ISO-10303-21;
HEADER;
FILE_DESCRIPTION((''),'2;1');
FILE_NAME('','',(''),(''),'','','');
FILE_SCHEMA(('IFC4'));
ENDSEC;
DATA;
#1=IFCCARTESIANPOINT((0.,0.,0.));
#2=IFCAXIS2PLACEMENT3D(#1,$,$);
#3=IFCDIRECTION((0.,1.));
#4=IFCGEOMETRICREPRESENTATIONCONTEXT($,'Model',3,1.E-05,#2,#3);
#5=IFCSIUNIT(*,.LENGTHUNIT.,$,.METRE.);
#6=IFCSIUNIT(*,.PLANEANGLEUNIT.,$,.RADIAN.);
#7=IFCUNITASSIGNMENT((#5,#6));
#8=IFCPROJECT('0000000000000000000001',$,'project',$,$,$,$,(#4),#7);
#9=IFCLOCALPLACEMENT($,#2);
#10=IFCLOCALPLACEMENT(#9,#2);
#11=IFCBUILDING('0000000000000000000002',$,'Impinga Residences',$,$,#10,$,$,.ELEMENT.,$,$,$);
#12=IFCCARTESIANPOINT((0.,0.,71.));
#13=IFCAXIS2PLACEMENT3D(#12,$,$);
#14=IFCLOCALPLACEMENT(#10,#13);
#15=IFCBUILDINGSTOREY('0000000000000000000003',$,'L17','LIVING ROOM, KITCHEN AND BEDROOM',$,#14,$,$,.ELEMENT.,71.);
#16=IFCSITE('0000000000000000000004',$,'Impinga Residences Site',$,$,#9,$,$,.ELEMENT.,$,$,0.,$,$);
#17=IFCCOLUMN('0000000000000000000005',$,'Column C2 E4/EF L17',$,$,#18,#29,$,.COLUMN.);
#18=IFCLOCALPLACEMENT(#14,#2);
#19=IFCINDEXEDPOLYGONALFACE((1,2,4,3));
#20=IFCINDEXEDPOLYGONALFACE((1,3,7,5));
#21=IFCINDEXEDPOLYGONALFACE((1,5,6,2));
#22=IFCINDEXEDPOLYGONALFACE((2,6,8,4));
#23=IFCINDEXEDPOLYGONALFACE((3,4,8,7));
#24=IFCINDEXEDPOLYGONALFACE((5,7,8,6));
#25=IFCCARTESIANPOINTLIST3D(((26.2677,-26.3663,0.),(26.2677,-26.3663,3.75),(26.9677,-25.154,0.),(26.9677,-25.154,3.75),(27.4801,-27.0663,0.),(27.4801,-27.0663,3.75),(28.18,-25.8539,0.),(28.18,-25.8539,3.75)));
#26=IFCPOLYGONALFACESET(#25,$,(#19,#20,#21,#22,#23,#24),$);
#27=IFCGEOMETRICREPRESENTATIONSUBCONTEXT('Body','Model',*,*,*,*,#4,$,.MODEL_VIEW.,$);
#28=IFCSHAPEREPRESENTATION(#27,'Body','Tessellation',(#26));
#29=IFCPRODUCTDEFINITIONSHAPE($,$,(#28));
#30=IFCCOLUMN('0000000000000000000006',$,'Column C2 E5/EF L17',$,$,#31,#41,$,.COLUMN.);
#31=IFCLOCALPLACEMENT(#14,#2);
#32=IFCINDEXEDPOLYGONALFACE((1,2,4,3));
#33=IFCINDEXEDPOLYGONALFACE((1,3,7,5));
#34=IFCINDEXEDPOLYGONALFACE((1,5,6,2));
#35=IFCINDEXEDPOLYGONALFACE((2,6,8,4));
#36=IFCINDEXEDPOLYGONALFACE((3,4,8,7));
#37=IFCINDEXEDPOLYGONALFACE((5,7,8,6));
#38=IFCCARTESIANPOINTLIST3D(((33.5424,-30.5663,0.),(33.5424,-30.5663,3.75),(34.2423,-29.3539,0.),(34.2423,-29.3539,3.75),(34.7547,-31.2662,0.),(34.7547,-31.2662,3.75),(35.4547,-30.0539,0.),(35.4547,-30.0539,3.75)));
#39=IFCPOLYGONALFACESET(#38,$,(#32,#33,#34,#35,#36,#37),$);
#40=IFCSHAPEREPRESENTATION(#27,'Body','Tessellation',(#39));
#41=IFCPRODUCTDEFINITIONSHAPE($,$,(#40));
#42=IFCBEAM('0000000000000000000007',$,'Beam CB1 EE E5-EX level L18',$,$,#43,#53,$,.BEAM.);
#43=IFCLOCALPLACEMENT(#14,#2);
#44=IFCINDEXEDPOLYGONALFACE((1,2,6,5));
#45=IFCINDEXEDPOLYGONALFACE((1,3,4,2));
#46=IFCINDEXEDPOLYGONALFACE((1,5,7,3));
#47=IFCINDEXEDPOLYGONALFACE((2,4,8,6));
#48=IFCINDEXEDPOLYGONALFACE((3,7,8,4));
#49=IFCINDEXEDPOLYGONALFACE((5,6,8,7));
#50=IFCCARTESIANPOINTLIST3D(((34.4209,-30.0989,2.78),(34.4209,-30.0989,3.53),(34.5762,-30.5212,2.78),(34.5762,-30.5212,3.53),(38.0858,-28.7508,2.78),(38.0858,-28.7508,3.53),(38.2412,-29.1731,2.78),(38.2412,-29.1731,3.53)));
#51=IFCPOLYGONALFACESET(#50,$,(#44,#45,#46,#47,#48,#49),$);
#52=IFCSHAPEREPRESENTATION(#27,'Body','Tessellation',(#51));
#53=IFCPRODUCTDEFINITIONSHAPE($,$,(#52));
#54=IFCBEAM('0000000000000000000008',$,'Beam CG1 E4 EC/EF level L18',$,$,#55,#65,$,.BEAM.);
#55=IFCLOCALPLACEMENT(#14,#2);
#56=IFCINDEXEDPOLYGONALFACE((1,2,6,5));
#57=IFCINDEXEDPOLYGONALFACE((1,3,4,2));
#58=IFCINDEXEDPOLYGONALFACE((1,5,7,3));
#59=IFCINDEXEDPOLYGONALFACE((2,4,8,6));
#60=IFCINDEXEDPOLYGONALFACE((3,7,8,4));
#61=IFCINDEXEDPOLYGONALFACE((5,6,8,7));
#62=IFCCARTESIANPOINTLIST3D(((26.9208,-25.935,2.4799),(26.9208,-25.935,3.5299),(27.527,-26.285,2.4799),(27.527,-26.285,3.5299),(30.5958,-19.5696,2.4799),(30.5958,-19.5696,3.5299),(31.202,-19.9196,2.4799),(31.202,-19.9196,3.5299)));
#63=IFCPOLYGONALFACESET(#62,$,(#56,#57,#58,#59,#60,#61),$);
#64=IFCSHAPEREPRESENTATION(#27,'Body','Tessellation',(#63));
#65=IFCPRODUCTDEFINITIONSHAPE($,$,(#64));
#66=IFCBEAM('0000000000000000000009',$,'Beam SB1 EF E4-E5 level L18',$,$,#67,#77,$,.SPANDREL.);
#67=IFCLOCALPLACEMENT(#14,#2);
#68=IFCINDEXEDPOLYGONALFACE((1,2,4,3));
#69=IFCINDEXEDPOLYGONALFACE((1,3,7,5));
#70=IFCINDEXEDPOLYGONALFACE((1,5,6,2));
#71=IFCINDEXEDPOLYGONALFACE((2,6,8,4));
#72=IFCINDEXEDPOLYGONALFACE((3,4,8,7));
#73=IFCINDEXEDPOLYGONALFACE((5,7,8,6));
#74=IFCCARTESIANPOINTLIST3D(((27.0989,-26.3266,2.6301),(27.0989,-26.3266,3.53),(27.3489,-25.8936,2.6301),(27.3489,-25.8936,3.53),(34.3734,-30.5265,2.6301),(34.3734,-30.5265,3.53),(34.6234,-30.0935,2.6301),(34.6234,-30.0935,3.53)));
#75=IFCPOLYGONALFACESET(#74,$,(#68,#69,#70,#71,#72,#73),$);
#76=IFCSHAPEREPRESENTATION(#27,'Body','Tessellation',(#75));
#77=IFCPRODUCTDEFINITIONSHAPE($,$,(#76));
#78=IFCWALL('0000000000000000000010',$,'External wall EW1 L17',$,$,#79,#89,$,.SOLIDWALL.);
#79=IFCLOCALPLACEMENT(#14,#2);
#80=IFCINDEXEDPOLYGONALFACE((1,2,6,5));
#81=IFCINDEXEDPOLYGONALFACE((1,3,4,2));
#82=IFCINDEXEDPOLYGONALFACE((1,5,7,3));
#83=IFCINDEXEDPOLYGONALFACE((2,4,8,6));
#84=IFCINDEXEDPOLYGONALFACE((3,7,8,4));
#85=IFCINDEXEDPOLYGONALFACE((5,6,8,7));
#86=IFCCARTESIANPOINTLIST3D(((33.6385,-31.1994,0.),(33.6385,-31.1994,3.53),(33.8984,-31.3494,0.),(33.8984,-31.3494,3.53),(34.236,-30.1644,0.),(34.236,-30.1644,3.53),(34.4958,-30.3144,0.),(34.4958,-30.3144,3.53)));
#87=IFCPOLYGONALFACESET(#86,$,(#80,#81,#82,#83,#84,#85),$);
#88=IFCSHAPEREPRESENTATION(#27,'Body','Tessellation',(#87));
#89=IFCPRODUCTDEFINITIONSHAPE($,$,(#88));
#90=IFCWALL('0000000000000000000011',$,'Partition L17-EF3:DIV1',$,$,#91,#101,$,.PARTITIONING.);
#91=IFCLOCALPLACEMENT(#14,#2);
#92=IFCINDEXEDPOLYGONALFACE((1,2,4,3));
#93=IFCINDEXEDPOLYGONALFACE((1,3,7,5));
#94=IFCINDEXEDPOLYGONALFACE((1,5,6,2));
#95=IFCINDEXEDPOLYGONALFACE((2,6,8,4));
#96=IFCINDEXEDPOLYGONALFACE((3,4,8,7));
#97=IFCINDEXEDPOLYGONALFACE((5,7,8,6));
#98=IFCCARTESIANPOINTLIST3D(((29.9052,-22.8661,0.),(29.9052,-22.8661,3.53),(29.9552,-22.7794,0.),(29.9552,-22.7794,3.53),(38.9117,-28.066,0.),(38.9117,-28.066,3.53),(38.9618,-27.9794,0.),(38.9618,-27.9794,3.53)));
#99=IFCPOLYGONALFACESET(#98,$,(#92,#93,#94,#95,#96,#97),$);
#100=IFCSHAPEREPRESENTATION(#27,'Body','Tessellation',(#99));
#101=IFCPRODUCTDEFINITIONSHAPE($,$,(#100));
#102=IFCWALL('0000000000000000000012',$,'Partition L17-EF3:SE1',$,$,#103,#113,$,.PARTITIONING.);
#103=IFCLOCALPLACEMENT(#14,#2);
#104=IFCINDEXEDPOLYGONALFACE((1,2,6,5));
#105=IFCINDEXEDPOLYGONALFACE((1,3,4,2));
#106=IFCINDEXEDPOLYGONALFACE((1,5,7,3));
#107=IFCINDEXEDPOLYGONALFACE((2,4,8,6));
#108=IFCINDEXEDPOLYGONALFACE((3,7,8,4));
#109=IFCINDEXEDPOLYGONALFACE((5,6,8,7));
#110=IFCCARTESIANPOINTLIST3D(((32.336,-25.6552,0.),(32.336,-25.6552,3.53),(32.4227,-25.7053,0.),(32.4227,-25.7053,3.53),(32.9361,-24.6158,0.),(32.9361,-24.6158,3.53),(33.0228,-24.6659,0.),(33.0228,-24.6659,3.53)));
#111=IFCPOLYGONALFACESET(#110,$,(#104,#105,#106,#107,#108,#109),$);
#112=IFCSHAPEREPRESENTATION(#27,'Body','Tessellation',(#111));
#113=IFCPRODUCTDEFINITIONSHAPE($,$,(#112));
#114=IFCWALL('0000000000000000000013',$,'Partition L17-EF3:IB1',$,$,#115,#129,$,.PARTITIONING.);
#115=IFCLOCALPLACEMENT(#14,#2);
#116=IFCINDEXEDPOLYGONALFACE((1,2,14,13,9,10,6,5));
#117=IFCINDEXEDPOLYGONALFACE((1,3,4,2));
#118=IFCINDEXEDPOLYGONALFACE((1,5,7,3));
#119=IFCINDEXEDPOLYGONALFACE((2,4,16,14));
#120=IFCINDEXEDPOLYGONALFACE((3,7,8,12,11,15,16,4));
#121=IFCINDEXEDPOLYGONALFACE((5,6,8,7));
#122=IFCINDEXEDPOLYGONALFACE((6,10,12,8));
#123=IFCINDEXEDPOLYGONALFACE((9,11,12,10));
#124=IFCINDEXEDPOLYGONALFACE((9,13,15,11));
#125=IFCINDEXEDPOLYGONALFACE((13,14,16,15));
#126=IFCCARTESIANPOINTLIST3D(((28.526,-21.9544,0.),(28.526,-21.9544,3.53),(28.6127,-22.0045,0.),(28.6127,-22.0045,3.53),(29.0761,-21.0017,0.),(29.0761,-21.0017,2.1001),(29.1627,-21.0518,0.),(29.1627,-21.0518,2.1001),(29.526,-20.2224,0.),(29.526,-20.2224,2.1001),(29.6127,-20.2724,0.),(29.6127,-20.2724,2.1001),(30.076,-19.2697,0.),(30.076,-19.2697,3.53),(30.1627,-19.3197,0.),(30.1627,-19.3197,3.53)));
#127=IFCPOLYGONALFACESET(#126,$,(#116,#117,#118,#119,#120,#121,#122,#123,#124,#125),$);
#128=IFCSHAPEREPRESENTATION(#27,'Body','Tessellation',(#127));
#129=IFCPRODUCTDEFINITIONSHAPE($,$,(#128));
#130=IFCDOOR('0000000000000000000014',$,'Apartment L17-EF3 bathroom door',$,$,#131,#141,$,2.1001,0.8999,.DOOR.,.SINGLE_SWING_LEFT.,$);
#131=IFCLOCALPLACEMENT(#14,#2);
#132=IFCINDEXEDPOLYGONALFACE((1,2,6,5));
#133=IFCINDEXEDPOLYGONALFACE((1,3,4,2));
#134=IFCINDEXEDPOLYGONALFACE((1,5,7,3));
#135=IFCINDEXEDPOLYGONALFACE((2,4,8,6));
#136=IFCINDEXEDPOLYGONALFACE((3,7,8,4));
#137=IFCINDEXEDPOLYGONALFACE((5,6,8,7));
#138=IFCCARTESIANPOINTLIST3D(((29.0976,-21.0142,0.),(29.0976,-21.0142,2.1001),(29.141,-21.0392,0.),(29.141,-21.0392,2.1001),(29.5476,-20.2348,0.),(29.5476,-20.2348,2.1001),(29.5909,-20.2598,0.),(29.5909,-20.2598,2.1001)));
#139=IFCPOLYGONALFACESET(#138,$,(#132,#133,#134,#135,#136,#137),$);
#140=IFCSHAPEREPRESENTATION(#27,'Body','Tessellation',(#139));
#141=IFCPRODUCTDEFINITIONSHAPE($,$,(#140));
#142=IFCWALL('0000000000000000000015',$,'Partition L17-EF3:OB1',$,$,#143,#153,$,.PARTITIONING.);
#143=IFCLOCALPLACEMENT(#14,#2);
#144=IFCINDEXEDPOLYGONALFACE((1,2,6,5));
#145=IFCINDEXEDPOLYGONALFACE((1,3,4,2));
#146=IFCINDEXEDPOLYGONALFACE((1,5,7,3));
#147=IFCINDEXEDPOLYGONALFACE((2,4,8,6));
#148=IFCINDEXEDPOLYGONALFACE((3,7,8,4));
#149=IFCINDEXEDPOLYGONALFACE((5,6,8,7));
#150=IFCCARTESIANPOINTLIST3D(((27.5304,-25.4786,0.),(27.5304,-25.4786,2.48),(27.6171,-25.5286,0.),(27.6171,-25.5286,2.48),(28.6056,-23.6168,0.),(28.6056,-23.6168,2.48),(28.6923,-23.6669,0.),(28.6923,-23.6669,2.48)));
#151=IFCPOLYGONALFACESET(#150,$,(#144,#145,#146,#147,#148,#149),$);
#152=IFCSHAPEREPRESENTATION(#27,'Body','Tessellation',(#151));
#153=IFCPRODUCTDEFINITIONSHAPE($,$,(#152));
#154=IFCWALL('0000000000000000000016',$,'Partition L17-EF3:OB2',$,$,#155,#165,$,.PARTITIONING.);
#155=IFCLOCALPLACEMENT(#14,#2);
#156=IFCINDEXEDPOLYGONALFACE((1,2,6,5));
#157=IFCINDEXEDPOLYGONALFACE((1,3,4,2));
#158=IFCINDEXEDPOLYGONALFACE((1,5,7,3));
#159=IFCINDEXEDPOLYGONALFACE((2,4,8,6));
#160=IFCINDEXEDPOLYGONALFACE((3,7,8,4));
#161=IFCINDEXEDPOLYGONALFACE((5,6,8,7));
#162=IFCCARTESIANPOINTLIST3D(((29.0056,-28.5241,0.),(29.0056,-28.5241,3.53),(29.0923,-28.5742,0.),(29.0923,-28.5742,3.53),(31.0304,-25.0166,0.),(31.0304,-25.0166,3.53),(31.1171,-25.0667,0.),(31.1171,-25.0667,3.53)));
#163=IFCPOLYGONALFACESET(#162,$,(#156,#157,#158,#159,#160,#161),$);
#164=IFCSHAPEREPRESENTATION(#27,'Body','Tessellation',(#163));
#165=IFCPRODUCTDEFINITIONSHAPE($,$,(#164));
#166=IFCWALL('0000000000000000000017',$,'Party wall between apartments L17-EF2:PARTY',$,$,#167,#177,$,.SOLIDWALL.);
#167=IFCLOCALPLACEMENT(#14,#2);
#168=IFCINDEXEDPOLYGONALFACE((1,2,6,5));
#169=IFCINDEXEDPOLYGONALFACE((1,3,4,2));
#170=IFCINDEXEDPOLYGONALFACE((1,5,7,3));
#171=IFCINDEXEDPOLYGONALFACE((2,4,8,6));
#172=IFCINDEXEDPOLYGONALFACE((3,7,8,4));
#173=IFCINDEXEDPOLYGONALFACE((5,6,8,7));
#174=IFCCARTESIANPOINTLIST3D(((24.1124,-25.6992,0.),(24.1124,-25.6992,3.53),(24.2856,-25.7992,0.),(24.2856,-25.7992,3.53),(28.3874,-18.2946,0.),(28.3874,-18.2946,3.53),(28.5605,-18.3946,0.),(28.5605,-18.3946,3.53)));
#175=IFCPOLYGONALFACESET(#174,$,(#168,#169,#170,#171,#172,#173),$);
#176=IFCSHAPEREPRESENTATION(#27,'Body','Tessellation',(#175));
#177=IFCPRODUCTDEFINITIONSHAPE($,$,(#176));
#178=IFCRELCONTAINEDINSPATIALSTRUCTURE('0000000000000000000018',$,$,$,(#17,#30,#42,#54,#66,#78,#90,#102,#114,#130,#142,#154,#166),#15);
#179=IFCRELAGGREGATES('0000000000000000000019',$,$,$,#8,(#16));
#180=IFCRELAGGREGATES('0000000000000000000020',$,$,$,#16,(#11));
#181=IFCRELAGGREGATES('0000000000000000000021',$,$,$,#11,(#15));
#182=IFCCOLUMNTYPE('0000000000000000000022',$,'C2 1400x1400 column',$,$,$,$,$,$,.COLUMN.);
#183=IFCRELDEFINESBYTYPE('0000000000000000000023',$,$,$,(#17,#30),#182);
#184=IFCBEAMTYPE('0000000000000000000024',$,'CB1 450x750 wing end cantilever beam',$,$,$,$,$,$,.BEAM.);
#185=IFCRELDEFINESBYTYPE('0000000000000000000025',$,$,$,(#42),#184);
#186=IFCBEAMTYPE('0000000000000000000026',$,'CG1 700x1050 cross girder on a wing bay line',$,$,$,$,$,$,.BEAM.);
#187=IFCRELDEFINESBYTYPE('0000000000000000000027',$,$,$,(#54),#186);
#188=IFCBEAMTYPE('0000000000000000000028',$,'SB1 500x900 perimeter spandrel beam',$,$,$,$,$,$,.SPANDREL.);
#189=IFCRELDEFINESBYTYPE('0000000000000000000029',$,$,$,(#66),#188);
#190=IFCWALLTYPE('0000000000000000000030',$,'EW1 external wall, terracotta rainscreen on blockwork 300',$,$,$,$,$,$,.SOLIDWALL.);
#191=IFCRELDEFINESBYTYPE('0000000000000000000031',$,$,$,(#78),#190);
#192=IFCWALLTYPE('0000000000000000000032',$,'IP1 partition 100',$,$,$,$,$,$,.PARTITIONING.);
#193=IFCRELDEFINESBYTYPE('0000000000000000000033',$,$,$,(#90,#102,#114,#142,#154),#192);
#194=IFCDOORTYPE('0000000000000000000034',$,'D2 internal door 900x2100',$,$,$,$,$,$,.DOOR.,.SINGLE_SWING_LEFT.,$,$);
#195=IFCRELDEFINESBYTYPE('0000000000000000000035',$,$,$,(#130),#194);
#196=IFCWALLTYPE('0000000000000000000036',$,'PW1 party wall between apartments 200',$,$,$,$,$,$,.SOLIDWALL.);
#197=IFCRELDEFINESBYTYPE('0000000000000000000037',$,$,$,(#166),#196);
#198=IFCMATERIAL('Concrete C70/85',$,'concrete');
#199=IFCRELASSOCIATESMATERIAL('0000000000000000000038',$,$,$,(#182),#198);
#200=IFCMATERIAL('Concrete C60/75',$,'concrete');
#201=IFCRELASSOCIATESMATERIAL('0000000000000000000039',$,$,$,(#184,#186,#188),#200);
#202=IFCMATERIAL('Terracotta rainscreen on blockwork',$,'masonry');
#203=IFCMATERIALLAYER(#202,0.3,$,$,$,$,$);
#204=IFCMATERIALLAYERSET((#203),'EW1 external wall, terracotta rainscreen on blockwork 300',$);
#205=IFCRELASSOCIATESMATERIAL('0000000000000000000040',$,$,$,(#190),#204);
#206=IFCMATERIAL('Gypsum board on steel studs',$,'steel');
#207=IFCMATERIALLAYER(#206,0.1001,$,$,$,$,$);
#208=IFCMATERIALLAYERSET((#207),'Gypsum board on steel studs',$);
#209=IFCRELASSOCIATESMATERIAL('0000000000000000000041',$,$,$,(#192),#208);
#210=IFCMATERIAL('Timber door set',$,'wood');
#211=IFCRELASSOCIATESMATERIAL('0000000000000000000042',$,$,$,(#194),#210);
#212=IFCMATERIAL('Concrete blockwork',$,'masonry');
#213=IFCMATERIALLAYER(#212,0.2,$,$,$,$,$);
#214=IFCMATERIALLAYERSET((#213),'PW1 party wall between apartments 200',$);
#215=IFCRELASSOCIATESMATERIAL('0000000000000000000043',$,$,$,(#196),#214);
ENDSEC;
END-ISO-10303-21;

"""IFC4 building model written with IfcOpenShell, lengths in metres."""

from ifc_helpers import new_model, si_unit, direction, frame, frame_2d, origin, origin_2d, place, context, subcontext, project, spatial, rectangle, extrude, material, layer, layer_set, material_profile, profile_set, type_object, element, fill, save


model = new_model("IFC4")

# Units and contexts
model_context = context("Model", 3, precision=1e-05, world=origin(), true_north=direction((0.0, 1.0)))
body_context = subcontext(model_context, "Body", "Model", "MODEL_VIEW")
ifc_project = project(units=[si_unit("LENGTHUNIT", "METRE"), si_unit("PLANEANGLEUNIT", "RADIAN")], contexts=[model_context])

# Site, building, storey
site_placement = place(None, origin())
site = spatial("IfcSite", under=ifc_project, at=site_placement, Name="Impinga Residences Site", CompositionType="ELEMENT", RefElevation=0.0)
building_placement = place(site_placement, origin())
building = spatial("IfcBuilding", under=site, at=building_placement, Name="Impinga Residences", CompositionType="ELEMENT")
storey_placement = place(building_placement, frame((0.0, 0.0, 71.0)))
storey = spatial("IfcBuildingStorey", under=building, at=storey_placement, Name="L17", Description="LIVING ROOM, KITCHEN AND BEDROOM", CompositionType="ELEMENT", Elevation=71.0)

# Columns
ifc_material_1 = material(Name="Concrete C70/85", Category="concrete")
ifc_material_profile_1 = material_profile(ifc_material_1, rectangle(XDim=1.3999, YDim=1.3999, at=origin_2d()), Name="RC 1400x1400")
ifc_profile_set_1 = profile_set([ifc_material_profile_1], Name="Concrete C70/85")
column_type = type_object("IfcColumnType", Name="C2 1400x1400 column", PredefinedType="COLUMN", material=ifc_profile_set_1)
for number, where, z_axis, x_axis, name in (
    (1, (27.2239, -26.1101, 0.0), (0.0, 0.0, 1.0), (-0.5, -0.866025, 0.0), "Column C2 E4/EF L17"),
    (2, (34.4985, -30.3101, 0.0), (0.0, 0.0, 1.0), (-0.5, -0.866025, 0.0), "Column C2 E5/EF L17"),
):
    element("IfcColumn", number, at=place(storey_placement, frame(where, z_axis=z_axis, x_axis=x_axis)), inside=storey, type_object=column_type, Name=name, PredefinedType="COLUMN", context=body_context, shape_type="SweptSolid", body=[
        extrude(rectangle(XDim=1.3999, YDim=1.3999, at=origin_2d()), origin(), (0.0, 0.0, 1.0), 3.75),
    ])

# Beams
ifc_material_2 = material(Name="Concrete C60/75", Category="concrete")
ifc_material_profile_2 = material_profile(ifc_material_2, rectangle(XDim=0.45, YDim=0.75, at=origin_2d()), Name="RC 450x750")
ifc_profile_set_2 = profile_set([ifc_material_profile_2], Name="Concrete C60/75")
beam_type_1 = type_object("IfcBeamType", Name="CB1 450x750 wing end cantilever beam", PredefinedType="BEAM", material=ifc_profile_set_2)
beam_1_placement = place(storey_placement, frame((34.4985, -30.3101, 3.155), z_axis=(0.93852, 0.345224, 0.0), x_axis=(-0.345224, 0.93852, 0.0)))
element("IfcBeam", 3, at=beam_1_placement, inside=storey, type_object=beam_type_1, Name="Beam CB1 EE E5-EX level L18", PredefinedType="BEAM", context=body_context, shape_type="SweptSolid", body=[
    extrude(rectangle(XDim=0.45, YDim=0.75, at=origin_2d()), origin(), (0.0, 0.0, 1.0), 3.905),
])
ifc_material_profile_3 = material_profile(ifc_material_2, rectangle(XDim=0.7, YDim=1.05, at=origin_2d()), Name="RC 700x1050")
ifc_profile_set_3 = profile_set([ifc_material_profile_3], Name="Concrete C60/75")
beam_type_2 = type_object("IfcBeamType", Name="CG1 700x1050 cross girder on a wing bay line", PredefinedType="BEAM", material=ifc_profile_set_3)
beam_2_placement = place(storey_placement, frame((30.8989, -19.7446, 3.0049), z_axis=(-0.499994, -0.866029, 0.0), x_axis=(0.866029, -0.499994, 0.0)))
element("IfcBeam", 4, at=beam_2_placement, inside=storey, type_object=beam_type_2, Name="Beam CG1 E4 EC/EF level L18", PredefinedType="BEAM", context=body_context, shape_type="SweptSolid", body=[
    extrude(rectangle(XDim=0.7, YDim=1.05, at=origin_2d()), origin(), (0.0, 0.0, 1.0), 7.3501),
])
ifc_material_profile_4 = material_profile(ifc_material_2, rectangle(XDim=0.5, YDim=0.8999, at=origin_2d()), Name="RC 500x900")
ifc_profile_set_4 = profile_set([ifc_material_profile_4], Name="Concrete C60/75")
beam_type_3 = type_object("IfcBeamType", Name="SB1 500x900 perimeter spandrel beam", PredefinedType="SPANDREL", material=ifc_profile_set_4)
beam_3_placement = place(storey_placement, frame((27.2239, -26.1101, 3.0801), z_axis=(0.866029, -0.499993, 0.0), x_axis=(0.499993, 0.866029, 0.0)))
element("IfcBeam", 5, at=beam_3_placement, inside=storey, type_object=beam_type_3, Name="Beam SB1 EF E4-E5 level L18", PredefinedType="SPANDREL", context=body_context, shape_type="SweptSolid", body=[
    extrude(rectangle(XDim=0.5, YDim=0.8999, at=origin_2d()), origin(), (0.0, 0.0, 1.0), 8.3999),
])

# Wall
ifc_material_3 = material(Name="Terracotta rainscreen on blockwork", Category="masonry")
ifc_layer_1 = layer(ifc_material_3, 0.3)
ifc_layer_set_1 = layer_set([ifc_layer_1], Name="EW1 external wall, terracotta rainscreen on blockwork 300")
wall_type_1 = type_object("IfcWallType", Name="EW1 external wall, terracotta rainscreen on blockwork 300", PredefinedType="SOLIDWALL", material=ifc_layer_set_1)
wall_1_placement = place(storey_placement, frame((34.366, -30.2393, 0.0), z_axis=(0.0, 0.0, 1.0), x_axis=(-0.499941, -0.86606, 0.0)))
element("IfcWall", 6, at=wall_1_placement, inside=storey, type_object=wall_type_1, Name="External wall EW1 L17", PredefinedType="SOLIDWALL", context=body_context, shape_type="SweptSolid", body=[
    extrude(rectangle(XDim=1.1951, YDim=0.3, at=frame_2d((0.5977, 0.0))), origin(), (0.0, 0.0, 1.0), 3.53),
])

# Walls
ifc_material_4 = material(Name="Gypsum board on steel studs", Category="steel")
ifc_layer_2 = layer(ifc_material_4, 0.1001)
ifc_layer_set_2 = layer_set([ifc_layer_2], Name="Gypsum board on steel studs")
wall_type_2 = type_object("IfcWallType", Name="IP1 partition 100", PredefinedType="PARTITIONING", material=ifc_layer_set_2)
wall_2_placement = place(storey_placement, frame((29.9302, -22.8228, 0.0), z_axis=(0.0, 0.0, 1.0), x_axis=(0.866026, -0.499999, 0.0)))
element("IfcWall", 7, at=wall_2_placement, inside=storey, type_object=wall_type_2, Name="Partition L17-EF3:DIV1", PredefinedType="PARTITIONING", context=body_context, shape_type="SweptSolid", body=[
    extrude(rectangle(XDim=10.3999, YDim=0.1001, at=frame_2d((5.2, 0.0))), origin(), (0.0, 0.0, 1.0), 3.53),
])
wall_3_placement = place(storey_placement, frame((32.9795, -24.6409, 0.0), z_axis=(0.0, 0.0, 1.0), x_axis=(-0.500034, -0.866006, 0.0)))
element("IfcWall", 8, at=wall_3_placement, inside=storey, type_object=wall_type_2, Name="Partition L17-EF3:SE1", PredefinedType="PARTITIONING", context=body_context, shape_type="SweptSolid", body=[
    extrude(rectangle(XDim=1.2002, YDim=0.1001, at=frame_2d((0.6001, 0.0))), origin(), (0.0, 0.0, 1.0), 3.53),
])

# Wall, opening, door
wall_4_placement = place(storey_placement, frame((30.1194, -19.2947, 0.0), z_axis=(0.0, 0.0, 1.0), x_axis=(-0.499993, -0.86603, 0.0)))
wall_4 = element("IfcWall", 9, at=wall_4_placement, inside=storey, type_object=wall_type_2, Name="Partition L17-EF3:IB1", PredefinedType="PARTITIONING", context=body_context, shape_type="SweptSolid", body=[
    extrude(rectangle(XDim=3.1001, YDim=0.1001, at=frame_2d((1.55, 0.0))), origin(), (0.0, 0.0, 1.0), 3.53),
])
opening_1_placement = place(wall_4_placement, frame((1.1001, 0.0, 0.0)))
opening_1 = element("IfcOpeningElement", 10, at=opening_1_placement, cuts=wall_4, PredefinedType="OPENING", context=body_context, shape_type="SweptSolid", body=[
    extrude(rectangle(XDim=0.8999, YDim=2.1001, at=frame_2d((0.45, 1.05))), frame((0.0, 0.0601, 0.0), z_axis=(0.0, -1.0, 0.0), x_axis=(1.0, 0.0, 0.0)), (0.0, 0.0, 1.0), 0.1201),
])
ifc_material_5 = material(Name="Timber door set", Category="wood")
door_type = type_object("IfcDoorType", Name="D2 internal door 900x2100", OperationType="SINGLE_SWING_LEFT", PredefinedType="DOOR", material=ifc_material_5)
door_placement = place(opening_1_placement, origin())
door = element("IfcDoor", 11, at=door_placement, inside=storey, type_object=door_type, Name="Apartment L17-EF3 bathroom door", OperationType="SINGLE_SWING_LEFT", OverallHeight=2.1001, OverallWidth=0.8999, PredefinedType="DOOR", context=body_context, shape_type="SweptSolid", body=[
    extrude(rectangle(XDim=0.8999, YDim=2.1001, at=frame_2d((0.45, 1.05))), frame((0.0, 0.0249, 0.0), z_axis=(0.0, -1.0, 0.0), x_axis=(1.0, 0.0, 0.0)), (0.0, 0.0, 1.0), 0.05),
])
fill(opening_1, door)

# Walls
wall_5_placement = place(storey_placement, frame((28.6489, -23.6418, 0.0), z_axis=(0.0, 0.0, 1.0), x_axis=(-0.500096, -0.86597, 0.0)))
element("IfcWall", 12, at=wall_5_placement, inside=storey, type_object=wall_type_2, Name="Partition L17-EF3:OB1", PredefinedType="PARTITIONING", context=body_context, shape_type="SweptSolid", body=[
    extrude(rectangle(XDim=2.1499, YDim=0.1001, at=frame_2d((1.075, 0.0))), origin(), (0.0, 0.0, 1.0), 2.48),
])
wall_6_placement = place(storey_placement, frame((31.0737, -25.0417, 0.0), z_axis=(0.0, 0.0, 1.0), x_axis=(-0.499964, -0.866046, 0.0)))
element("IfcWall", 13, at=wall_6_placement, inside=storey, type_object=wall_type_2, Name="Partition L17-EF3:OB2", PredefinedType="PARTITIONING", context=body_context, shape_type="SweptSolid", body=[
    extrude(rectangle(XDim=4.05, YDim=0.1001, at=frame_2d((2.0249, 0.0))), origin(), (0.0, 0.0, 1.0), 3.53),
])
ifc_material_6 = material(Name="Concrete blockwork", Category="masonry")
ifc_layer_3 = layer(ifc_material_6, 0.2)
ifc_layer_set_3 = layer_set([ifc_layer_3], Name="PW1 party wall between apartments 200")
wall_type_3 = type_object("IfcWallType", Name="PW1 party wall between apartments 200", PredefinedType="SOLIDWALL", material=ifc_layer_set_3)
wall_7_placement = place(storey_placement, frame((28.4739, -18.3447, 0.0), z_axis=(0.0, 0.0, 1.0), x_axis=(-0.49999, -0.866031, 0.0)))
element("IfcWall", 14, at=wall_7_placement, inside=storey, type_object=wall_type_3, Name="Party wall between apartments L17-EF2:PARTY", PredefinedType="SOLIDWALL", context=body_context, shape_type="SweptSolid", body=[
    extrude(rectangle(XDim=8.55, YDim=0.2, at=frame_2d((4.2749, 0.0))), origin(), (0.0, 0.0, 1.0), 3.53),
])

save(model, "model.ifc")
